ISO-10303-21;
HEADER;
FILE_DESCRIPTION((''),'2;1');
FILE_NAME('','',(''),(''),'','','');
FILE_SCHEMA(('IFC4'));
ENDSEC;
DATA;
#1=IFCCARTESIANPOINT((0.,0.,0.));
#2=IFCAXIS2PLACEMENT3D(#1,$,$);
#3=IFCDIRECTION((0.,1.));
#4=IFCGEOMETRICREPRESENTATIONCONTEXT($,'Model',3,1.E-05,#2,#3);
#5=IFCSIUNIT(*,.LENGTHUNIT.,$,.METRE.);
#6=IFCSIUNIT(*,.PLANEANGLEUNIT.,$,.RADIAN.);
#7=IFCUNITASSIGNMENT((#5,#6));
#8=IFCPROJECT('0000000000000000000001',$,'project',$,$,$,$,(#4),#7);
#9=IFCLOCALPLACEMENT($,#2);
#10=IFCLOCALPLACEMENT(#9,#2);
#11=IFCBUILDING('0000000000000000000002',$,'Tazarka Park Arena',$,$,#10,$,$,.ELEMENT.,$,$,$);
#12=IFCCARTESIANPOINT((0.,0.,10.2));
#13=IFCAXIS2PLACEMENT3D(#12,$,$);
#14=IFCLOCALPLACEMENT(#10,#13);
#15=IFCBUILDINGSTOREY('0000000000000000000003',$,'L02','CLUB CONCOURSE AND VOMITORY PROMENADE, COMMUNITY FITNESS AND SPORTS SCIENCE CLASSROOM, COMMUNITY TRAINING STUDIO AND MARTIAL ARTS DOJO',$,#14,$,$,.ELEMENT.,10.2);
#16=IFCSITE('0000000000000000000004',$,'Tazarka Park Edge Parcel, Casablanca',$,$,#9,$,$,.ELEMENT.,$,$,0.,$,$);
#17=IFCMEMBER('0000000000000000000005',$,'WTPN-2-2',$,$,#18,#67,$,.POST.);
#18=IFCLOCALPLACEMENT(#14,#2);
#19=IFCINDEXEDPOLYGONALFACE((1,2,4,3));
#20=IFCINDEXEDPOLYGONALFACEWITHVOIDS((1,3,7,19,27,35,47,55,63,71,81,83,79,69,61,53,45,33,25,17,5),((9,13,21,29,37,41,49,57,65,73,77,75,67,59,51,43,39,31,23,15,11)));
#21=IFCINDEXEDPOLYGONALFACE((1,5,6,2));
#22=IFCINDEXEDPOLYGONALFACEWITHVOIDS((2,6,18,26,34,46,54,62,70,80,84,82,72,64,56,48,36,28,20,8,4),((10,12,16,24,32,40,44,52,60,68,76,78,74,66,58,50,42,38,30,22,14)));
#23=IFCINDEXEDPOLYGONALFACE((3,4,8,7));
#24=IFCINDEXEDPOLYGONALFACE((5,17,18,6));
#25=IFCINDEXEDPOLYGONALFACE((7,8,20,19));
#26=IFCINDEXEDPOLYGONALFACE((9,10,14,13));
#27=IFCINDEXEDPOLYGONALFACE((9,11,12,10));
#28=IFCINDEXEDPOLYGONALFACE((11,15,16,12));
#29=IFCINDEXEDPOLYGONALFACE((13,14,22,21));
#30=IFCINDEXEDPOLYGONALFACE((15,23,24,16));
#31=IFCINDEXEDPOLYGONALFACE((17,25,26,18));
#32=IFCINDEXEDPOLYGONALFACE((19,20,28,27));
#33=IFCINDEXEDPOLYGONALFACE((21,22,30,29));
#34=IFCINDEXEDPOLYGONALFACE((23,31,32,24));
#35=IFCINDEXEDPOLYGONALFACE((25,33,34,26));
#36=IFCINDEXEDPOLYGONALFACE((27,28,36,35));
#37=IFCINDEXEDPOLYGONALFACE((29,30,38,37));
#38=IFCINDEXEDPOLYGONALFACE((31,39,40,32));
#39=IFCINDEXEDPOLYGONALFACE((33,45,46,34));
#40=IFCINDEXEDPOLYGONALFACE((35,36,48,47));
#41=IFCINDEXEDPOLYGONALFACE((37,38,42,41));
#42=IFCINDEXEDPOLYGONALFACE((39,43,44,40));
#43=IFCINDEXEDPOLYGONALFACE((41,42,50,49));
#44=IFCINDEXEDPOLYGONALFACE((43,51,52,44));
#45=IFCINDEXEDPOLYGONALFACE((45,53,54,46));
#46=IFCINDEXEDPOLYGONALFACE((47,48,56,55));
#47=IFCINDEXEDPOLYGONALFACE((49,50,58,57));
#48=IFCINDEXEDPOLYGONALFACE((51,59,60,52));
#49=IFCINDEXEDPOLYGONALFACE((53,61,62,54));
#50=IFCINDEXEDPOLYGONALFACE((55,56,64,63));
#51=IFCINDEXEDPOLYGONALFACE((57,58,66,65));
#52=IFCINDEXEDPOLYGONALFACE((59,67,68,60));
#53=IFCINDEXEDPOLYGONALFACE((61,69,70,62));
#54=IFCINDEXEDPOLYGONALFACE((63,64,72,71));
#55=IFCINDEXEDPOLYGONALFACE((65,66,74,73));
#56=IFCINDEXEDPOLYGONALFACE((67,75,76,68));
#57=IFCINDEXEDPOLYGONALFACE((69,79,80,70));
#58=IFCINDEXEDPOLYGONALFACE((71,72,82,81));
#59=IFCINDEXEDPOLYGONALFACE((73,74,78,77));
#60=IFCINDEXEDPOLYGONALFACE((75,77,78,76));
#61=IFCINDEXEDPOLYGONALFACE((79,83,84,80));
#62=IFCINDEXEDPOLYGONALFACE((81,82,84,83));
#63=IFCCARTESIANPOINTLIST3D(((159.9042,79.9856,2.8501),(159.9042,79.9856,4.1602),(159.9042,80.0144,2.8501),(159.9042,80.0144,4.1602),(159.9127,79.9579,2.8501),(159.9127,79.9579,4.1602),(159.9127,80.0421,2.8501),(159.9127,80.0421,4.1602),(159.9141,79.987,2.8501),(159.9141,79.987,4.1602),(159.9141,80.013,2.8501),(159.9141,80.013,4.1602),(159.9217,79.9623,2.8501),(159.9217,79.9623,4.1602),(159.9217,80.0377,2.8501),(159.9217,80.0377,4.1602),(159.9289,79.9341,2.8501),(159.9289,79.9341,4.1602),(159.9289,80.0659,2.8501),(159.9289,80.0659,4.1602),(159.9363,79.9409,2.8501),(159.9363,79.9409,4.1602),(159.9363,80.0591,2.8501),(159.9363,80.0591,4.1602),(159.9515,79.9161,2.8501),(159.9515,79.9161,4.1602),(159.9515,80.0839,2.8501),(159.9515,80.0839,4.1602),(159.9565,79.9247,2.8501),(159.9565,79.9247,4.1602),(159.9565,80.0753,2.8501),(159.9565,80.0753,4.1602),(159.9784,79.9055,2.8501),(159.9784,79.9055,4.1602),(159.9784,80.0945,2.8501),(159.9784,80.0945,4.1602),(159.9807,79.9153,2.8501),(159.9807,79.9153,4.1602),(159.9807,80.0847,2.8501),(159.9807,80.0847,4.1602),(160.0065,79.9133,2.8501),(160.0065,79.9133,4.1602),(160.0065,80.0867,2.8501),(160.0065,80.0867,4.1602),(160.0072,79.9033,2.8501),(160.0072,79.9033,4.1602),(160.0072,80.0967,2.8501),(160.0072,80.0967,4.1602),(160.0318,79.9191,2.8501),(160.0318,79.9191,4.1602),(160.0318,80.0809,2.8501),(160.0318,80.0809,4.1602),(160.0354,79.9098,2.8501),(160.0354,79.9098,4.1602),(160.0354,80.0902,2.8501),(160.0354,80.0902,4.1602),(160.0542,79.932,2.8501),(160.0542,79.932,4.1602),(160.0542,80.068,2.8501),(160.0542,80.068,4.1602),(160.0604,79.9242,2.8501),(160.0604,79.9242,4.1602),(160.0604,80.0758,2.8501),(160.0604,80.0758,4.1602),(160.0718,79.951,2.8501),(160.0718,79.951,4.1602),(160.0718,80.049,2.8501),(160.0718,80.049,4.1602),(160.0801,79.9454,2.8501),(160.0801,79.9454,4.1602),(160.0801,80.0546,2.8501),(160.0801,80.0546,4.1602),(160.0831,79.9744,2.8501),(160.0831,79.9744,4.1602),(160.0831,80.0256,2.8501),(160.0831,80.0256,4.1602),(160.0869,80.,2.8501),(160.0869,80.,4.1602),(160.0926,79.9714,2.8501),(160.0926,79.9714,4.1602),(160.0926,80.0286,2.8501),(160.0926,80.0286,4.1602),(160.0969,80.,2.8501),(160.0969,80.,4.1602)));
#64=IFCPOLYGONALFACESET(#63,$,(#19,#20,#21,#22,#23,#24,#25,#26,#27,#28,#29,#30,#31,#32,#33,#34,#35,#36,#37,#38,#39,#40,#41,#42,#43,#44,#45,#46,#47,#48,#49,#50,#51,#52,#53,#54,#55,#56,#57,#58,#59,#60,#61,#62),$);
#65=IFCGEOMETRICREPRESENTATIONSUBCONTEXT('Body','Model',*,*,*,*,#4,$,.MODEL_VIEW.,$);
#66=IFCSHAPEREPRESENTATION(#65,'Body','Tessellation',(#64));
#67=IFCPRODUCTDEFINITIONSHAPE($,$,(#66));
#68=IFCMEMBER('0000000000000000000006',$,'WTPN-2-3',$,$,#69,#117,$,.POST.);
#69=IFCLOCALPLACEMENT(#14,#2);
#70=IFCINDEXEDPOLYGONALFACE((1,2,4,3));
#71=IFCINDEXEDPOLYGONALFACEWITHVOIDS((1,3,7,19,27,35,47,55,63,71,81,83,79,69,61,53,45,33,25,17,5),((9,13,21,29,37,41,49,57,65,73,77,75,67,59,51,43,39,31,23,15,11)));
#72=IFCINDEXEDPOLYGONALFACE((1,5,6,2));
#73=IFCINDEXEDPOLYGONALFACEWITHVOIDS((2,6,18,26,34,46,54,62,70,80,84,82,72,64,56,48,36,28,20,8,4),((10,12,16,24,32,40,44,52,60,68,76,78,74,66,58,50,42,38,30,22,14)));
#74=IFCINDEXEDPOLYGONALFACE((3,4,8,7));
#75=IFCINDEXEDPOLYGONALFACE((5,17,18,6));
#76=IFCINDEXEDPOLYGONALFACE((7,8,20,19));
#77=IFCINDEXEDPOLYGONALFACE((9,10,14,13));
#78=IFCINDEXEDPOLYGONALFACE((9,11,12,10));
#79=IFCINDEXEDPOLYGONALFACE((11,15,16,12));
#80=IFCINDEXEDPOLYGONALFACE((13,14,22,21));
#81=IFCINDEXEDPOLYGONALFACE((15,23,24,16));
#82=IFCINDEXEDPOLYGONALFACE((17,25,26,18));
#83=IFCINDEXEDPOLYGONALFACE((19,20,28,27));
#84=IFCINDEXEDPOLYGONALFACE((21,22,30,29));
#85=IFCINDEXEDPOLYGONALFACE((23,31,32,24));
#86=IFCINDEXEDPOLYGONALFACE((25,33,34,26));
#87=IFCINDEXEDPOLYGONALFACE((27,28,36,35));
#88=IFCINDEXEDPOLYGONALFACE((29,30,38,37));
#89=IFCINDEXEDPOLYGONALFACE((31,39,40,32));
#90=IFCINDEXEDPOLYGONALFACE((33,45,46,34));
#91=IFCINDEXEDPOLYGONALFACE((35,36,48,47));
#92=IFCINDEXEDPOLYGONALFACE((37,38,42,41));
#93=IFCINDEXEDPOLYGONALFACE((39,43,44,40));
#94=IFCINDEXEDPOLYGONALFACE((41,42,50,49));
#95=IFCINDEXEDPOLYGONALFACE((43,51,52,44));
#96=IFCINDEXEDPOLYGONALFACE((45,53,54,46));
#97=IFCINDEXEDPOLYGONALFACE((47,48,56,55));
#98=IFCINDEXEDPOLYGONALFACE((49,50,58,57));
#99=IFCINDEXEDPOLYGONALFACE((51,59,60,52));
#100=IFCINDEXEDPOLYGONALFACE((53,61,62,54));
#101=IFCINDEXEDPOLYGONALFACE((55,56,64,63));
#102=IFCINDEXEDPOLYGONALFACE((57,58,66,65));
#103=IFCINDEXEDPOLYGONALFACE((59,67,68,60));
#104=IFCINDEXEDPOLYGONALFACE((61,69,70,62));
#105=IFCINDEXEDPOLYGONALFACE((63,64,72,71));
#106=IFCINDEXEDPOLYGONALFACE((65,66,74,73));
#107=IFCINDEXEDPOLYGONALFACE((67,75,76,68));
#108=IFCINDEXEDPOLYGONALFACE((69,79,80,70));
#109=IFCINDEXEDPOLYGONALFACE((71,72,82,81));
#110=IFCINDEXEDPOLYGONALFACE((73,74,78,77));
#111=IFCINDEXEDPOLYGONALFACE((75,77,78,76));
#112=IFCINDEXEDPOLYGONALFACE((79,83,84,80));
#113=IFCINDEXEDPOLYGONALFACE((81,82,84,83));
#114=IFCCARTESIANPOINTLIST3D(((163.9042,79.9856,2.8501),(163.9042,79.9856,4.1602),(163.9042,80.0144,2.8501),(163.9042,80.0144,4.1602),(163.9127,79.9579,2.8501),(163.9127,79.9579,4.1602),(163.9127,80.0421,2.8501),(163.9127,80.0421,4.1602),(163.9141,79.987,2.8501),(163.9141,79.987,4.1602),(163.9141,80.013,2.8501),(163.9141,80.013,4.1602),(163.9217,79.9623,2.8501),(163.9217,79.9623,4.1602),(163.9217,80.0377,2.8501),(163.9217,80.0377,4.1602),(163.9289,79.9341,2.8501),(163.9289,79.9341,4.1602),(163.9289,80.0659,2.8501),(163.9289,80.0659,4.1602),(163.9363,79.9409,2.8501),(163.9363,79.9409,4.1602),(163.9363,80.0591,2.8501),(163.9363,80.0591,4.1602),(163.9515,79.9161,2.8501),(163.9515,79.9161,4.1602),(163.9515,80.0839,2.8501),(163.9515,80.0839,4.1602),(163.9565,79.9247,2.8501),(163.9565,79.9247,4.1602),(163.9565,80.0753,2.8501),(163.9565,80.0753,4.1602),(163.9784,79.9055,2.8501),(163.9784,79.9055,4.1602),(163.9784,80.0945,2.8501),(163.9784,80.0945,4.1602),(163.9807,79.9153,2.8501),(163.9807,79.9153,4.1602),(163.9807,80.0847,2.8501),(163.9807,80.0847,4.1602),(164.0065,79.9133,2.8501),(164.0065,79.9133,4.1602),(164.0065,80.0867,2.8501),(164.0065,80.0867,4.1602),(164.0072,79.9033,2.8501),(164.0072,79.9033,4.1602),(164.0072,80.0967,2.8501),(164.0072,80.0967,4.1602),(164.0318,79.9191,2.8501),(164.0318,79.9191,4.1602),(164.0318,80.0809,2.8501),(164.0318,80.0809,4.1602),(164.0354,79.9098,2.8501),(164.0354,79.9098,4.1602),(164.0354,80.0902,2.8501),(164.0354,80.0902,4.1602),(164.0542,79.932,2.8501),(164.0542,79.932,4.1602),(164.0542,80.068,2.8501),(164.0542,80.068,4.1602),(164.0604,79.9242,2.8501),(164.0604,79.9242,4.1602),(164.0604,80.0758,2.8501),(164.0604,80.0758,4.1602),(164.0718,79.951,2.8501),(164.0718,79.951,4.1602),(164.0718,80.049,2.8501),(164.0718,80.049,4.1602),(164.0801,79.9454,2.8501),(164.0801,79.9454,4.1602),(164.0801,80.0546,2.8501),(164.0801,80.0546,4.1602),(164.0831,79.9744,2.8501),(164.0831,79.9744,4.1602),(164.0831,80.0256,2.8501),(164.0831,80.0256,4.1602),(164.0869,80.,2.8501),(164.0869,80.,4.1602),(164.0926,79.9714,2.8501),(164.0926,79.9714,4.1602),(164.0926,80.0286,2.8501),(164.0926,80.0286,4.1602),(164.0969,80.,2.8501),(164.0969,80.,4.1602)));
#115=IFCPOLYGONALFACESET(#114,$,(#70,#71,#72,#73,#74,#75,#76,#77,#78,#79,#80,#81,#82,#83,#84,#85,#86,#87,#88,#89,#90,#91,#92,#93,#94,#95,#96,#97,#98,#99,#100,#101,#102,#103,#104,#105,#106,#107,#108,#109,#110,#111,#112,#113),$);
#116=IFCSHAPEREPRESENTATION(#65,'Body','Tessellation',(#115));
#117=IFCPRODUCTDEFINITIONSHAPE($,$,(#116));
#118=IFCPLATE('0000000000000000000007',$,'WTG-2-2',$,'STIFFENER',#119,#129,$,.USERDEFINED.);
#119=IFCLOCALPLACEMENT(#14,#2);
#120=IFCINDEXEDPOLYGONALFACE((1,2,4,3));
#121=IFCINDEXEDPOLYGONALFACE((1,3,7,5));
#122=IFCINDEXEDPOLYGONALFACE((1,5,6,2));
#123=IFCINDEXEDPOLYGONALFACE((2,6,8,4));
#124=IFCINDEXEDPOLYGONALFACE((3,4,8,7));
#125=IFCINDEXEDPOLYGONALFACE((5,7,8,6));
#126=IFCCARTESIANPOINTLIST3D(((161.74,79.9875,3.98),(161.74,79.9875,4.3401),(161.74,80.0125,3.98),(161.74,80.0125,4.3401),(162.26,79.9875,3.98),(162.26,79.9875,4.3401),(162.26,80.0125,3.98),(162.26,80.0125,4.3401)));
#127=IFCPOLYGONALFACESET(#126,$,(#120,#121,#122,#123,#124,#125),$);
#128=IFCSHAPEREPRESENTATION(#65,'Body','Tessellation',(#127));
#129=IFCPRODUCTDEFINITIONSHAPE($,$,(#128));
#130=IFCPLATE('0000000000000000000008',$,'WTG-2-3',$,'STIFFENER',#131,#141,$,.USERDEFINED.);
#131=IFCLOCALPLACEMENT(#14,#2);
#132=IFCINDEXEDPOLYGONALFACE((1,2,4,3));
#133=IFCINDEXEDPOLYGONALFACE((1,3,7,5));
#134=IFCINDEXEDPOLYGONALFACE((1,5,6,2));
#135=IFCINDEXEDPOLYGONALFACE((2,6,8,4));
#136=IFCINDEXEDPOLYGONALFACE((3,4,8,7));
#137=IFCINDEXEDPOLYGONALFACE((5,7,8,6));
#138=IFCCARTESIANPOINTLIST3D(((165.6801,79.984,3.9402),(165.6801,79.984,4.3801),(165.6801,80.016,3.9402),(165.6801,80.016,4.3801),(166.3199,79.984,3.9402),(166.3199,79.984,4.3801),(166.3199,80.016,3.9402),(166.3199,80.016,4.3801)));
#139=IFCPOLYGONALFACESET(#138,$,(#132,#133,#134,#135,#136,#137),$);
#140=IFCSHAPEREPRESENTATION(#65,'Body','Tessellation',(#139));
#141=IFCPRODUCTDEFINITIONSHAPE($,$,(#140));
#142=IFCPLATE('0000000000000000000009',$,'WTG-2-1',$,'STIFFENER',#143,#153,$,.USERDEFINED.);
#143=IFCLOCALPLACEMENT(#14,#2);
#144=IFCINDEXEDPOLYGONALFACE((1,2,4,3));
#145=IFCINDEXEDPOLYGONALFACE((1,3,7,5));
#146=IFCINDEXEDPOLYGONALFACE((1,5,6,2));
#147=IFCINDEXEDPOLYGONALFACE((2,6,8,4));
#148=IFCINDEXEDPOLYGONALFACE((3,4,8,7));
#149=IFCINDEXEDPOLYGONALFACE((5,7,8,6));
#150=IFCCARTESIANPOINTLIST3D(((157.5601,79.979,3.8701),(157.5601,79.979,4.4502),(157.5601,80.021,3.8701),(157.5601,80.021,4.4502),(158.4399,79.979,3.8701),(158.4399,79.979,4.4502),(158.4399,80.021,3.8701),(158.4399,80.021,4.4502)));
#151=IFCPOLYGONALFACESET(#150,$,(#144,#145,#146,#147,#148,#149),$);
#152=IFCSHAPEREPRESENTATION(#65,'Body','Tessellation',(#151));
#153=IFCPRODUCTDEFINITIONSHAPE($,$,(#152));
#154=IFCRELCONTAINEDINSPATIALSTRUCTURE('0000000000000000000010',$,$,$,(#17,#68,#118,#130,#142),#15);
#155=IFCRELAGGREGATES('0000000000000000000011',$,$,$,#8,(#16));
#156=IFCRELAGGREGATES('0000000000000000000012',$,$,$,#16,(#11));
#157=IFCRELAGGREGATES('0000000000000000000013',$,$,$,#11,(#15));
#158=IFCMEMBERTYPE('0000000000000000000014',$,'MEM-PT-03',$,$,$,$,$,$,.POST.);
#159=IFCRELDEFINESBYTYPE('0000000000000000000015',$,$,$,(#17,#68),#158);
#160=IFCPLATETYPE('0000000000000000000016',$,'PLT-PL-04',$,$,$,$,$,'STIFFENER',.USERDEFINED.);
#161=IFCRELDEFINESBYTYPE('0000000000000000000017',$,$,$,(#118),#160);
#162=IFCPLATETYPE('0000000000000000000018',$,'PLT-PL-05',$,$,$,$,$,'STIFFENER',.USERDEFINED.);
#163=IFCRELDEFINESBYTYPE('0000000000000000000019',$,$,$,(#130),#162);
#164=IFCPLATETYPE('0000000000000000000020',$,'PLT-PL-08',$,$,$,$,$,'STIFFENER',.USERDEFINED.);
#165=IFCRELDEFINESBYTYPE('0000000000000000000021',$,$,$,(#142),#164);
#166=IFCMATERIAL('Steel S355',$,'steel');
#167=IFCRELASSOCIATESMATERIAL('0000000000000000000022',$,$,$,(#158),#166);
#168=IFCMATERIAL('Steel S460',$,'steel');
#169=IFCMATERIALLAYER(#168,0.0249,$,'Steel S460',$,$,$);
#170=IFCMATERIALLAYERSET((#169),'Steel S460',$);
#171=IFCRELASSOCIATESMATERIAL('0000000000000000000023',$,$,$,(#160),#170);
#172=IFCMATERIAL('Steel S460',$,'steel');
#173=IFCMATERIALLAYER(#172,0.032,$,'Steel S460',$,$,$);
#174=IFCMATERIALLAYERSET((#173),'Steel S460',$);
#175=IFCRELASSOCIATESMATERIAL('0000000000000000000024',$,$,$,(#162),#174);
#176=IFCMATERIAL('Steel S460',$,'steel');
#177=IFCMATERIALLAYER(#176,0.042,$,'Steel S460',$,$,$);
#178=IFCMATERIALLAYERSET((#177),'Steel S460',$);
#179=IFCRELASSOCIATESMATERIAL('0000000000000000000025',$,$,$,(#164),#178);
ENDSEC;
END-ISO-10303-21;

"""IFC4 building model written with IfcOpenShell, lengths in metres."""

from ifc_helpers import new_model, si_unit, direction, frame, origin, origin_2d, place, context, subcontext, project, spatial, rectangle, hollow_circle, extrude, material, layer, layer_set, material_profile, profile_set, type_object, element, save


model = new_model("IFC4")

# Units and contexts
model_context = context("Model", 3, precision=1e-05, world=origin(), true_north=direction((0.0, 1.0)))
body_context = subcontext(model_context, "Body", "Model", "MODEL_VIEW")
ifc_project = project(units=[si_unit("LENGTHUNIT", "METRE"), si_unit("PLANEANGLEUNIT", "RADIAN")], contexts=[model_context])

# Site, building, storey
site_placement = place(None, origin())
site = spatial("IfcSite", under=ifc_project, at=site_placement, Name="Tazarka Park Edge Parcel, Casablanca", CompositionType="ELEMENT", RefElevation=0.0)
building_placement = place(site_placement, origin())
building = spatial("IfcBuilding", under=site, at=building_placement, Name="Tazarka Park Arena", CompositionType="ELEMENT")
storey_placement = place(building_placement, frame((0.0, 0.0, 10.2)))
storey = spatial("IfcBuildingStorey", under=building, at=storey_placement, Name="L02", Description="CLUB CONCOURSE AND VOMITORY PROMENADE, COMMUNITY FITNESS AND SPORTS SCIENCE CLASSROOM, COMMUNITY TRAINING STUDIO AND MARTIAL ARTS DOJO", CompositionType="ELEMENT", Elevation=10.2)

# Members
ifc_material_1 = material(Name="Steel S355", Category="steel")
ifc_material_profile_1 = material_profile(ifc_material_1, hollow_circle(Radius=0.0969, WallThickness=0.01, at=origin_2d()), Name="Steel S355")
ifc_profile_set_1 = profile_set([ifc_material_profile_1], Name="Steel S355")
member_type_1 = type_object("IfcMemberType", Name="MEM-PT-03", PredefinedType="POST", material=ifc_profile_set_1)
for number, where, z_axis, x_axis, name in (
    (1, (160.0, 80.0, 2.8501), (0.0, 0.0, 1.0), (1.0, 0.0, 0.0), "WTPN-2-2"),
    (2, (164.0, 80.0, 2.8501), (0.0, 0.0, 1.0), (1.0, 0.0, 0.0), "WTPN-2-3"),
):
    element("IfcMember", number, at=place(storey_placement, frame(where, z_axis=z_axis, x_axis=x_axis)), inside=storey, type_object=member_type_1, Name=name, PredefinedType="POST", context=body_context, shape_type="SweptSolid", body=[
        extrude(hollow_circle(Radius=0.0969, WallThickness=0.01, at=origin_2d()), origin(), (0.0, 0.0, 1.0), 1.3101),
    ])

# Plates
ifc_material_2 = material(Name="Steel S460", Category="steel")
ifc_layer_1 = layer(ifc_material_2, 0.0249, Name="Steel S460")
ifc_layer_set_1 = layer_set([ifc_layer_1], Name="Steel S460")
plate_type_1 = type_object("IfcPlateType", Name="PLT-PL-04", ElementType="STIFFENER", PredefinedType="USERDEFINED", material=ifc_layer_set_1)
plate_1_placement = place(storey_placement, frame((162.0, 80.0, 3.98), z_axis=(0.0, 0.0, 1.0), x_axis=(1.0, 0.0, 0.0)))
element("IfcPlate", 3, at=plate_1_placement, inside=storey, type_object=plate_type_1, Name="WTG-2-2", ObjectType="STIFFENER", PredefinedType="USERDEFINED", context=body_context, shape_type="SweptSolid", body=[
    extrude(rectangle(XDim=0.52, YDim=0.0249, at=origin_2d()), origin(), (0.0, 0.0, 1.0), 0.3601),
])
ifc_material_3 = material(Name="Steel S460", Category="steel")
ifc_layer_2 = layer(ifc_material_3, 0.032, Name="Steel S460")
ifc_layer_set_2 = layer_set([ifc_layer_2], Name="Steel S460")
plate_type_2 = type_object("IfcPlateType", Name="PLT-PL-05", ElementType="STIFFENER", PredefinedType="USERDEFINED", material=ifc_layer_set_2)
plate_2_placement = place(storey_placement, frame((166.0, 80.0, 3.9402), z_axis=(0.0, 0.0, 1.0), x_axis=(1.0, 0.0, 0.0)))
element("IfcPlate", 4, at=plate_2_placement, inside=storey, type_object=plate_type_2, Name="WTG-2-3", ObjectType="STIFFENER", PredefinedType="USERDEFINED", context=body_context, shape_type="SweptSolid", body=[
    extrude(rectangle(XDim=0.6399, YDim=0.032, at=origin_2d()), origin(), (0.0, 0.0, 1.0), 0.4399),
])
ifc_material_4 = material(Name="Steel S460", Category="steel")
ifc_layer_3 = layer(ifc_material_4, 0.042, Name="Steel S460")
ifc_layer_set_3 = layer_set([ifc_layer_3], Name="Steel S460")
plate_type_3 = type_object("IfcPlateType", Name="PLT-PL-08", ElementType="STIFFENER", PredefinedType="USERDEFINED", material=ifc_layer_set_3)
plate_3_placement = place(storey_placement, frame((158.0, 80.0, 3.8701), z_axis=(0.0, 0.0, 1.0), x_axis=(1.0, 0.0, 0.0)))
element("IfcPlate", 5, at=plate_3_placement, inside=storey, type_object=plate_type_3, Name="WTG-2-1", ObjectType="STIFFENER", PredefinedType="USERDEFINED", context=body_context, shape_type="SweptSolid", body=[
    extrude(rectangle(XDim=0.8799, YDim=0.042, at=origin_2d()), origin(), (0.0, 0.0, 1.0), 0.5801),
])

save(model, "model.ifc")
